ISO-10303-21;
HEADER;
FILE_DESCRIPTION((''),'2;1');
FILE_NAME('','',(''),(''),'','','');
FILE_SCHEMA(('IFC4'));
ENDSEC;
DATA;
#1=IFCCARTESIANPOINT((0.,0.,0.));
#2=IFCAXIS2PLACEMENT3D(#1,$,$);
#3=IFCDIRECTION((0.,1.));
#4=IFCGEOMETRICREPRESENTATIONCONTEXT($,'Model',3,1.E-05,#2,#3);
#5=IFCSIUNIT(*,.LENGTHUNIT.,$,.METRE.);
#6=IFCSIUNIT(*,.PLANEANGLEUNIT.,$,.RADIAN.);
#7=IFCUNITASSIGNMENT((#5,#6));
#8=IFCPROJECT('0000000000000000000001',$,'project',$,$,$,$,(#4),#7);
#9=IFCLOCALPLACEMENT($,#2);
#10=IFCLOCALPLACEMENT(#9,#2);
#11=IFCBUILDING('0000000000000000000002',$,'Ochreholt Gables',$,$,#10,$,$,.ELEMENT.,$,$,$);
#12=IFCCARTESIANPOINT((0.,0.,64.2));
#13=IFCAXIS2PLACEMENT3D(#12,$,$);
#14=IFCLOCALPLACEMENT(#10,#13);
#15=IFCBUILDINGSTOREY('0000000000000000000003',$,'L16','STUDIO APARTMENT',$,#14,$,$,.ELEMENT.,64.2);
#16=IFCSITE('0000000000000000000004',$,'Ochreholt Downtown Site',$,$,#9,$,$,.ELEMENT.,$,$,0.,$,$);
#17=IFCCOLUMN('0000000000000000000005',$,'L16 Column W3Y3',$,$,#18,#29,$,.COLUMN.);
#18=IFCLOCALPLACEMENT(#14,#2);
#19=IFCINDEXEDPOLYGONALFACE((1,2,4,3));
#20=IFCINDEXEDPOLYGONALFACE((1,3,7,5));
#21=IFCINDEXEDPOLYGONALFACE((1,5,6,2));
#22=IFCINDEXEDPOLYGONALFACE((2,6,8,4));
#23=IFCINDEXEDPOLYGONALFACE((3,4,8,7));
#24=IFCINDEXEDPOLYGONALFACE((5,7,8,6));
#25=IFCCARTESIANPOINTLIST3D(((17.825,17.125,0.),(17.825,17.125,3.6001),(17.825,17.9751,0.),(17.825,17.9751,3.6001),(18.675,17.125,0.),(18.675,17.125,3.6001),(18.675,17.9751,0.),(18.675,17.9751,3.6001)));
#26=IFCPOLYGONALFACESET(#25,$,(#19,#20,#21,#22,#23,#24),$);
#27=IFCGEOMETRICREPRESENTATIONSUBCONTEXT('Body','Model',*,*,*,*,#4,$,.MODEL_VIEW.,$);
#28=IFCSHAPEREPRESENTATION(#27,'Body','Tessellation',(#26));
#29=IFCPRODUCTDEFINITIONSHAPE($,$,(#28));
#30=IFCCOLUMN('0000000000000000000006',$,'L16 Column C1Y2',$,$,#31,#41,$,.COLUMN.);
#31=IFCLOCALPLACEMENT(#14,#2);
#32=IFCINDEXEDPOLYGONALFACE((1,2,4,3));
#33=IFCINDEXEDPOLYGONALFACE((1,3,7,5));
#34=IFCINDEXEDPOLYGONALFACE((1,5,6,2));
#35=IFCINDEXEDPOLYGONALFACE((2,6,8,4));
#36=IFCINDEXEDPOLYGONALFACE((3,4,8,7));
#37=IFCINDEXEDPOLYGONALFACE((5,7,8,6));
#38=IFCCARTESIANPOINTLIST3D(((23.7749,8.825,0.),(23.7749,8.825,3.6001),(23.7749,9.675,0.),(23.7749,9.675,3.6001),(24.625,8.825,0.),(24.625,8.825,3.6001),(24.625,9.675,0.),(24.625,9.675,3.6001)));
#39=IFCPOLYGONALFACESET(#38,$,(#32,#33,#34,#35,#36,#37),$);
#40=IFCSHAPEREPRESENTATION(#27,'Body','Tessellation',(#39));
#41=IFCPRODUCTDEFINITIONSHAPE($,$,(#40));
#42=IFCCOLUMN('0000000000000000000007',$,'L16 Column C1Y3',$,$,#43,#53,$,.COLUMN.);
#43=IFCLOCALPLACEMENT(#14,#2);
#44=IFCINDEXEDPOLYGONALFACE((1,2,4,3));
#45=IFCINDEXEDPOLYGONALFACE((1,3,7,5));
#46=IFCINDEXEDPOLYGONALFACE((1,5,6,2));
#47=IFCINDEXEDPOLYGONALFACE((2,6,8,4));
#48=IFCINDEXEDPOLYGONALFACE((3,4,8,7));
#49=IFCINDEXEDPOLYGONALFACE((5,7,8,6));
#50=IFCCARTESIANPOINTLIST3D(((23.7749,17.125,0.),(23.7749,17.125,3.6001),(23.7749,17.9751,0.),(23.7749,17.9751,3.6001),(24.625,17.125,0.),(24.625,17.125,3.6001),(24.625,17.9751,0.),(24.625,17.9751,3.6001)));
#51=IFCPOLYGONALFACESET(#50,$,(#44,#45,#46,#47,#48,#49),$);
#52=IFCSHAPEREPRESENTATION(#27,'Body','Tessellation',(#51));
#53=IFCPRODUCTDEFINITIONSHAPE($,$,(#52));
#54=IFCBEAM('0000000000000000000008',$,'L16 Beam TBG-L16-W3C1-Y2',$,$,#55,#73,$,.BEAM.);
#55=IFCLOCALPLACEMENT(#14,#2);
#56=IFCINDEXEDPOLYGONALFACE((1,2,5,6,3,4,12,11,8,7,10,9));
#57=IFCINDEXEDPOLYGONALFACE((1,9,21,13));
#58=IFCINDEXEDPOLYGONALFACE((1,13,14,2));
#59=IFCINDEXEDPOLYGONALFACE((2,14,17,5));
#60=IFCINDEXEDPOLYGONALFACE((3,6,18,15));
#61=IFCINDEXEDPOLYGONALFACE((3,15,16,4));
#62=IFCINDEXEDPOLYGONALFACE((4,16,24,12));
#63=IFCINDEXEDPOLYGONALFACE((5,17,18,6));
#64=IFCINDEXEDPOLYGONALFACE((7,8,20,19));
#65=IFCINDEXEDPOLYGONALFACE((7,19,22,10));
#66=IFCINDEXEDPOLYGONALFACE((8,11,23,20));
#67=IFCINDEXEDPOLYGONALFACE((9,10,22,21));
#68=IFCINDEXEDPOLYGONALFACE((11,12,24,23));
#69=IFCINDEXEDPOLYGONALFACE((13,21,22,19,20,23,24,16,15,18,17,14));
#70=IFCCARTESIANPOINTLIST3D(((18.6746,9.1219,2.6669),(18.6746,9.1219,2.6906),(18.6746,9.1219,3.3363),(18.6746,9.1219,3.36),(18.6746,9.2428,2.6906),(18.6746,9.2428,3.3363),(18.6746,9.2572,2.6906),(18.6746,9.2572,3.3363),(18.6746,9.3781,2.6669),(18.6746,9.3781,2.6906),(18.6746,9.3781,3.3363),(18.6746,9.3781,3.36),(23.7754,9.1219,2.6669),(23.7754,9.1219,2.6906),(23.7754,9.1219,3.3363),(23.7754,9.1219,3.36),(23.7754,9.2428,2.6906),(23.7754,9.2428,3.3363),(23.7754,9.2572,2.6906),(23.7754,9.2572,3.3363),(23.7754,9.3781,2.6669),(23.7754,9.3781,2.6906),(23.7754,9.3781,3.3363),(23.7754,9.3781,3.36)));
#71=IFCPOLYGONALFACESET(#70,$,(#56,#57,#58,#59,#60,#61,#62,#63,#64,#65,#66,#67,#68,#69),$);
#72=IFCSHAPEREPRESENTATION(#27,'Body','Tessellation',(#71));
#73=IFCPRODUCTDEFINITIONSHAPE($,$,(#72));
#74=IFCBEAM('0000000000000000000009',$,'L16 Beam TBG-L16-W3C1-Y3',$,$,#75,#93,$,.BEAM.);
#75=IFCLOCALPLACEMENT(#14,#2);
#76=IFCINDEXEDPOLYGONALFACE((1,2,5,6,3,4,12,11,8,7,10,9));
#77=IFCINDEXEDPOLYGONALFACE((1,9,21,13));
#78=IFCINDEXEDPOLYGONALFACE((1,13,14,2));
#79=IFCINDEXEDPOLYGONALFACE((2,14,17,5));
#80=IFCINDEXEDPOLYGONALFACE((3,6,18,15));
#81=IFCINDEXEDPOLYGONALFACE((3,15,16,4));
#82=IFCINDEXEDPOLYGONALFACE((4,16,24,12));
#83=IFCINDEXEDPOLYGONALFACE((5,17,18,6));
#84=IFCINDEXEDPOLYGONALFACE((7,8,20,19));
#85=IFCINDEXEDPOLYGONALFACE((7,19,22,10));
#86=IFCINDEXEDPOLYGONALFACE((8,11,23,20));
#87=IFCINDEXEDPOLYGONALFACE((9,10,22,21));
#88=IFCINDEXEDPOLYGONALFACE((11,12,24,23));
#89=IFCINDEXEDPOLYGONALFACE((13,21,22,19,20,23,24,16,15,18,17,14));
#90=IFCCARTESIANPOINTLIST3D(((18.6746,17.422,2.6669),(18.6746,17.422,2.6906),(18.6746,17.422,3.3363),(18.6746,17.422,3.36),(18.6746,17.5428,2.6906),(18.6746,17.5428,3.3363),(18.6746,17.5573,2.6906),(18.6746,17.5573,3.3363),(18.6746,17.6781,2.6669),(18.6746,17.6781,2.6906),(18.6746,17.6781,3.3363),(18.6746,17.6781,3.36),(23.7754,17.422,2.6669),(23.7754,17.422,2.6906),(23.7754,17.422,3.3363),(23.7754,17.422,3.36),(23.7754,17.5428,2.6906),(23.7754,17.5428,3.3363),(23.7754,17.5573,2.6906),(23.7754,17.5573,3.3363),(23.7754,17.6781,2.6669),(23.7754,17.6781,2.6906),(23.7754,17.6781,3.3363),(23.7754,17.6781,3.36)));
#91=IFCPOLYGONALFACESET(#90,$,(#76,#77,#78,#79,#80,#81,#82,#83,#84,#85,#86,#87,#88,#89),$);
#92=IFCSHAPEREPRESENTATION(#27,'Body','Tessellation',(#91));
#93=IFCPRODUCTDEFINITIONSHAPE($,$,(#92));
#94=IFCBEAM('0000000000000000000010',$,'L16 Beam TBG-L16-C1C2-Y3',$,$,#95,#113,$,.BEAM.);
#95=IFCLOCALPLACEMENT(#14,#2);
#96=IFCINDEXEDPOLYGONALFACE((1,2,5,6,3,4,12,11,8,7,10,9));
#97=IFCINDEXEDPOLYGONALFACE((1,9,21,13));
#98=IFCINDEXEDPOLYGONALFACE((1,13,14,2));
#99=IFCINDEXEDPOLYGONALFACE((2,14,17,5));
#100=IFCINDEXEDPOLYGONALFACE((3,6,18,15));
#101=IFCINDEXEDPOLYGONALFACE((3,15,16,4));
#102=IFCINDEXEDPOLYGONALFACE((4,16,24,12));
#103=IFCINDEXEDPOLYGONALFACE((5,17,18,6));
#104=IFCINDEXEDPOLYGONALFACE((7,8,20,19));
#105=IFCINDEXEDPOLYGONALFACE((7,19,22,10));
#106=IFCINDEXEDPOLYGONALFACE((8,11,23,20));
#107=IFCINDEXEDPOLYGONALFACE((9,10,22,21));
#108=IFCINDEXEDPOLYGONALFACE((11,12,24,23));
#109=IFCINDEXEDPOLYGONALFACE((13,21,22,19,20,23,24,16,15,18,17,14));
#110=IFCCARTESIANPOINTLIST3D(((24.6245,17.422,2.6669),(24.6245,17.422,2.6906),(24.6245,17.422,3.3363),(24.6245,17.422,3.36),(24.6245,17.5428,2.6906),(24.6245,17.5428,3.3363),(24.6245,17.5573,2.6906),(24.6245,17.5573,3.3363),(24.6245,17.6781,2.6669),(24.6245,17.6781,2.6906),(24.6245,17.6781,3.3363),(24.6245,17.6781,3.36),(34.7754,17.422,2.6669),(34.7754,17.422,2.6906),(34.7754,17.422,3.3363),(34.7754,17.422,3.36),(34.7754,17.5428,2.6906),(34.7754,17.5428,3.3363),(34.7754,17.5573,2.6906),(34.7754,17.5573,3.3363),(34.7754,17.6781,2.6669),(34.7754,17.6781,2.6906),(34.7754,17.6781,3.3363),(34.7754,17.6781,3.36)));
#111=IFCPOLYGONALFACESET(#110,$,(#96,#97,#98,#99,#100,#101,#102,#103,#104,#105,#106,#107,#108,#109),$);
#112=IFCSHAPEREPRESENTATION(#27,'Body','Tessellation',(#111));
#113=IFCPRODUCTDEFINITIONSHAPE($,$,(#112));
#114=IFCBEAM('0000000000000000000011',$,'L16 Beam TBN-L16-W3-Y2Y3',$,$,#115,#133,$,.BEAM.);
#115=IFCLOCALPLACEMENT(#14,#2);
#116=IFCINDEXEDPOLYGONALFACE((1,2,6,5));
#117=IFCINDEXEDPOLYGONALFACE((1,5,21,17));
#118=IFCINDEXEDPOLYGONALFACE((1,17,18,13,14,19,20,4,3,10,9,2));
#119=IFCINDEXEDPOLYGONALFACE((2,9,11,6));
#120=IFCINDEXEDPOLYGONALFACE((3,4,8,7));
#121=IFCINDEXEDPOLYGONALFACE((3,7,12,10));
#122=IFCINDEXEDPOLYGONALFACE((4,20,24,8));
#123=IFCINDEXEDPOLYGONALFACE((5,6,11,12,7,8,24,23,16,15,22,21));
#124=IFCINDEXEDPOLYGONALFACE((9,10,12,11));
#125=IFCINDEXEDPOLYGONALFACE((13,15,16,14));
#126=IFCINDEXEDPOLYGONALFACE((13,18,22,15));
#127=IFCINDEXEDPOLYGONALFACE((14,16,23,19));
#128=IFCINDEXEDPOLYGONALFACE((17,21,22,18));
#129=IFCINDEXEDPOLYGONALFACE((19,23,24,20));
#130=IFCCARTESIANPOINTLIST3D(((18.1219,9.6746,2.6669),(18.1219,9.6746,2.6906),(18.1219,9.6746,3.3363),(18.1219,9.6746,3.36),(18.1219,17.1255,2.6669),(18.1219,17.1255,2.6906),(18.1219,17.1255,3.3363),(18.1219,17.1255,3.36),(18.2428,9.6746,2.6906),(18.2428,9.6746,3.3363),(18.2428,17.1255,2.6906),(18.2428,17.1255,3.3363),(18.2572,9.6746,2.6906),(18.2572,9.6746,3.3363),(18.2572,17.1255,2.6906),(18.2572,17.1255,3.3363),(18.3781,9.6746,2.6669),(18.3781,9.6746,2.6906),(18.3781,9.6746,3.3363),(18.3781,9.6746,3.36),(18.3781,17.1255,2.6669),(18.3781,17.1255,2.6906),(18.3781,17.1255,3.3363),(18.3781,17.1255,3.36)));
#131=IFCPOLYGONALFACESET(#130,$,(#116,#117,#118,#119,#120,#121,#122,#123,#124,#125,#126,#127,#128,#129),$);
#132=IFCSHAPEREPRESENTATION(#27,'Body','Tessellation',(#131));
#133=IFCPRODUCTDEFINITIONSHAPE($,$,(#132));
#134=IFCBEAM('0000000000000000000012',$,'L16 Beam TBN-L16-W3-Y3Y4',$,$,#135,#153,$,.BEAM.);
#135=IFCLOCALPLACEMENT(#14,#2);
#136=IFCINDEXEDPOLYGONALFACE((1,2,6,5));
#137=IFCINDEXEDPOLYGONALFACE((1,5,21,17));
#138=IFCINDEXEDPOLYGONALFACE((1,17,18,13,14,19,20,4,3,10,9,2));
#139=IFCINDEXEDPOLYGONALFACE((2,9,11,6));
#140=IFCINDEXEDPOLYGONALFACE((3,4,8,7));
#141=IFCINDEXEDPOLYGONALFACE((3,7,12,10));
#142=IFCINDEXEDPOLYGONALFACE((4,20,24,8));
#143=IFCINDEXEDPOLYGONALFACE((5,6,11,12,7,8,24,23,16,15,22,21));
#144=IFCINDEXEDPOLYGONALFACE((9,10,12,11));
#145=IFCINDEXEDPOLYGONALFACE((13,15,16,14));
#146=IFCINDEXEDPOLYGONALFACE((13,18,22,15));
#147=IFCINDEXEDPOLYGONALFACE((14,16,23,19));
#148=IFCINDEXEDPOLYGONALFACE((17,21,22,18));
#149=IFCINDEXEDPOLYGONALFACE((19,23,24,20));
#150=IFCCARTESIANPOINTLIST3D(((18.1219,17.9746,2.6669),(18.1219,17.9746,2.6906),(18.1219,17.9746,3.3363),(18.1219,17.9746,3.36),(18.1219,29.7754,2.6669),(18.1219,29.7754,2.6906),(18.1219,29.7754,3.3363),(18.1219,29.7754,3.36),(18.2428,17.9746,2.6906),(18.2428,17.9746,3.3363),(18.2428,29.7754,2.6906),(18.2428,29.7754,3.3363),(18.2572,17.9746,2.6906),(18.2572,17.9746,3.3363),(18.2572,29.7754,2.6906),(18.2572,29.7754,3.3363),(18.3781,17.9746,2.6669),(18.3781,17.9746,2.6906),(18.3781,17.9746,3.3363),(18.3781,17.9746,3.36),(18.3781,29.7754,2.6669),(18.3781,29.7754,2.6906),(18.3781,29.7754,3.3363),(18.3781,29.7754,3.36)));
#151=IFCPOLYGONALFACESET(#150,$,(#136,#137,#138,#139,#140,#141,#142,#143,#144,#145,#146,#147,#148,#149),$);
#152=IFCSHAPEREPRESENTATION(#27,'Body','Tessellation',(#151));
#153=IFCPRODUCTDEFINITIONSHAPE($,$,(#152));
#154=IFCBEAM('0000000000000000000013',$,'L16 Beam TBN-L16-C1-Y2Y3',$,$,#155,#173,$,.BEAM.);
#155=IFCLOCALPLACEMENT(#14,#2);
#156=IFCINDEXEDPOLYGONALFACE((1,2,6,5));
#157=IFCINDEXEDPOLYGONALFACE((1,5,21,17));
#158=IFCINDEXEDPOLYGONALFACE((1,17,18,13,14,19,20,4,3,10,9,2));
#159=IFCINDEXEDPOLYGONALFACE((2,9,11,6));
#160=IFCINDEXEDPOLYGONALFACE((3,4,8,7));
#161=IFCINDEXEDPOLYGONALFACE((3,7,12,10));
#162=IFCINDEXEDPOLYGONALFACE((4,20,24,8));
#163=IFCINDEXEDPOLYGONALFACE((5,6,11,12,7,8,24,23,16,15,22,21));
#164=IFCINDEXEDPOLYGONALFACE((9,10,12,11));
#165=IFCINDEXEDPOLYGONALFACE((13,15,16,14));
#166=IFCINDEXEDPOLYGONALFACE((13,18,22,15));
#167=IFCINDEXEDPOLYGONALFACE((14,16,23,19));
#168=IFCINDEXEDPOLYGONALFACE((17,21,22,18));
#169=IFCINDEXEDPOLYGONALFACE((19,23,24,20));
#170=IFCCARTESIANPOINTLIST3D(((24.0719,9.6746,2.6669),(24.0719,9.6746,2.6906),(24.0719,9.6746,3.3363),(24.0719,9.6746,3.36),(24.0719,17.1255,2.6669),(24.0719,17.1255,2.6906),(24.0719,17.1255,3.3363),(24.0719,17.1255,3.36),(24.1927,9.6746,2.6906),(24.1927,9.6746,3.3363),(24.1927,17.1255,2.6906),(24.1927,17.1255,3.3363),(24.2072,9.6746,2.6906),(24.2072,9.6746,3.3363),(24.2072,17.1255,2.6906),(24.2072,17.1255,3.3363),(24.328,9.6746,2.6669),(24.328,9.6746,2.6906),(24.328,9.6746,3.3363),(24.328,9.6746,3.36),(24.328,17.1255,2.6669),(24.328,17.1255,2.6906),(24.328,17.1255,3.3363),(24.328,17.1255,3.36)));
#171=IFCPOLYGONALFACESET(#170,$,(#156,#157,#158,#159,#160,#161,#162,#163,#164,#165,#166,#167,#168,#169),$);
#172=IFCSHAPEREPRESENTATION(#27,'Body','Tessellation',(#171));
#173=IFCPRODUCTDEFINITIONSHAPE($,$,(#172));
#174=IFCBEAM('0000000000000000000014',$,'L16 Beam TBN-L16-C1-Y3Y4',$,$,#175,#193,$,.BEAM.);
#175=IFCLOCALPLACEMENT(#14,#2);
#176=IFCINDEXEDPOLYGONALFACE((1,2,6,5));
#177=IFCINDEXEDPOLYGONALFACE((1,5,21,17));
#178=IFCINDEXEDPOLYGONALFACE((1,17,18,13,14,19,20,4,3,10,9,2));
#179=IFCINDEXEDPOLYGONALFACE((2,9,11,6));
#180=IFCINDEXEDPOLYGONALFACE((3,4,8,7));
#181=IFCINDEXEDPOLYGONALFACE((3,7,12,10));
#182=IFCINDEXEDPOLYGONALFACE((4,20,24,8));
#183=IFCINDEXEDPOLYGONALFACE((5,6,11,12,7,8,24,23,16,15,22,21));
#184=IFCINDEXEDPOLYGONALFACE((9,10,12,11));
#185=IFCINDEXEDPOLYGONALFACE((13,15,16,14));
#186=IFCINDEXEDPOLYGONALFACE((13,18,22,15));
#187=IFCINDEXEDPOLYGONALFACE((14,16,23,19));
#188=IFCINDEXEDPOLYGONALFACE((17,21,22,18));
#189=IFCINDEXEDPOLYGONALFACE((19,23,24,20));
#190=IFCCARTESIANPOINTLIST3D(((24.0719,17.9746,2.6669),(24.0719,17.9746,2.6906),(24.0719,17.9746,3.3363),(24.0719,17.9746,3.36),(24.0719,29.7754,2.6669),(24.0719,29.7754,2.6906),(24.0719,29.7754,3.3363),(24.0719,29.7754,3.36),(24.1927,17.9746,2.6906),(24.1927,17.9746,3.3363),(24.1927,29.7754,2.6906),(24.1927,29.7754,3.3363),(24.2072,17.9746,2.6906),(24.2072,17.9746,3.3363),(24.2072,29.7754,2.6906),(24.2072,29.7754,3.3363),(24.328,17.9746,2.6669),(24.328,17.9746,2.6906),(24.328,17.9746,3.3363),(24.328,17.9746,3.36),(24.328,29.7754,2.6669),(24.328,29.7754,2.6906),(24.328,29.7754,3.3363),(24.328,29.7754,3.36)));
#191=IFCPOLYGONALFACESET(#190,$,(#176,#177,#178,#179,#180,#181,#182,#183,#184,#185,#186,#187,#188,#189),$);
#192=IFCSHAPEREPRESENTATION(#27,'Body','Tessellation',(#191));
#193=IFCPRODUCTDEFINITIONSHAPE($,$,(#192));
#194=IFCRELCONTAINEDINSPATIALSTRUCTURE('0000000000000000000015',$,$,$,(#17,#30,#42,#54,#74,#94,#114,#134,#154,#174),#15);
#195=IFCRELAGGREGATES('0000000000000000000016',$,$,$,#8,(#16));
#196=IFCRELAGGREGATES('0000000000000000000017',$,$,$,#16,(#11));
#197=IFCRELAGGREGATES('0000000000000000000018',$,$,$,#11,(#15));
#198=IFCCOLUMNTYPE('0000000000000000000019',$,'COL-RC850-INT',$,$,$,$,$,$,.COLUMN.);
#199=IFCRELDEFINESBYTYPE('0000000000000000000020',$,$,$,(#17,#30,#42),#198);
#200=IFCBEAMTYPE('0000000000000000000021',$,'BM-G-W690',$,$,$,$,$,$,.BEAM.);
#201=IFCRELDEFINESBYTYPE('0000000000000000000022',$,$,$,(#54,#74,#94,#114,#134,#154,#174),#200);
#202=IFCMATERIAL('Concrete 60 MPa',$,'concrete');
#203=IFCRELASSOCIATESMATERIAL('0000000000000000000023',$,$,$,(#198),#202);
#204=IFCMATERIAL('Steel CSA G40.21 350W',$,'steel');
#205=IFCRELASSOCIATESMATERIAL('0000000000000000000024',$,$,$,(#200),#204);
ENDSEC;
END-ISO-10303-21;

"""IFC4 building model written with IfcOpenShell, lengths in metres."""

from ifc_helpers import new_model, si_unit, direction, frame, origin, origin_2d, place, context, subcontext, project, spatial, rectangle, i_section, extrude, material, material_profile, profile_set, type_object, element, save


model = new_model("IFC4")

# Units and contexts
model_context = context("Model", 3, precision=1e-05, world=origin(), true_north=direction((0.0, 1.0)))
body_context = subcontext(model_context, "Body", "Model", "MODEL_VIEW")
ifc_project = project(units=[si_unit("LENGTHUNIT", "METRE"), si_unit("PLANEANGLEUNIT", "RADIAN")], contexts=[model_context])

# Site, building, storey
site_placement = place(None, origin())
site = spatial("IfcSite", under=ifc_project, at=site_placement, Name="Ochreholt Downtown Site", CompositionType="ELEMENT", RefElevation=0.0)
building_placement = place(site_placement, origin())
building = spatial("IfcBuilding", under=site, at=building_placement, Name="Ochreholt Gables", CompositionType="ELEMENT")
storey_placement = place(building_placement, frame((0.0, 0.0, 64.2)))
storey = spatial("IfcBuildingStorey", under=building, at=storey_placement, Name="L16", Description="STUDIO APARTMENT", CompositionType="ELEMENT", Elevation=64.2)

# Columns
ifc_material_1 = material(Name="Concrete 60 MPa", Category="concrete")
ifc_material_profile_1 = material_profile(ifc_material_1, rectangle(XDim=0.8501, YDim=0.8501, at=origin_2d()), Name="RC850X850")
ifc_profile_set_1 = profile_set([ifc_material_profile_1], Name="Concrete 60 MPa")
column_type = type_object("IfcColumnType", Name="COL-RC850-INT", PredefinedType="COLUMN", material=ifc_profile_set_1)
for number, where, z_axis, x_axis, name in (
    (1, (18.25, 17.55, 0.0), (0.0, 0.0, 1.0), (1.0, 0.0, 0.0), "L16 Column W3Y3"),
    (2, (24.2, 9.25, 0.0), (0.0, 0.0, 1.0), (1.0, 0.0, 0.0), "L16 Column C1Y2"),
    (3, (24.2, 17.55, 0.0), (0.0, 0.0, 1.0), (1.0, 0.0, 0.0), "L16 Column C1Y3"),
):
    element("IfcColumn", number, at=place(storey_placement, frame(where, z_axis=z_axis, x_axis=x_axis)), inside=storey, type_object=column_type, Name=name, PredefinedType="COLUMN", context=body_context, shape_type="SweptSolid", body=[
        extrude(rectangle(XDim=0.8501, YDim=0.8501, at=origin_2d()), origin(), (0.0, 0.0, 1.0), 3.6001),
    ])

# Beams
ifc_material_2 = material(Name="Steel CSA G40.21 350W", Category="steel")
ifc_material_profile_2 = material_profile(ifc_material_2, i_section(OverallWidth=0.2561, OverallDepth=0.6931, WebThickness=0.0144, FlangeThickness=0.0237, at=origin_2d()), Name="W690X170")
ifc_profile_set_2 = profile_set([ifc_material_profile_2], Name="Steel CSA G40.21 350W")
beam_type_1 = type_object("IfcBeamType", Name="BM-G-W690", PredefinedType="BEAM", material=ifc_profile_set_2)
for number, where, z_axis, x_axis, name in (
    (4, (18.6746, 9.25, 3.0134), (1.0, 0.0, 0.0), (0.0, 1.0, 0.0), "L16 Beam TBG-L16-W3C1-Y2"),
    (5, (18.6746, 17.55, 3.0134), (1.0, 0.0, 0.0), (0.0, 1.0, 0.0), "L16 Beam TBG-L16-W3C1-Y3"),
):
    element("IfcBeam", number, at=place(storey_placement, frame(where, z_axis=z_axis, x_axis=x_axis)), inside=storey, type_object=beam_type_1, Name=name, PredefinedType="BEAM", context=body_context, shape_type="SweptSolid", body=[
        extrude(i_section(OverallWidth=0.2561, OverallDepth=0.6931, WebThickness=0.0144, FlangeThickness=0.0237, at=origin_2d()), origin(), (0.0, 0.0, 1.0), 5.1008),
    ])
beam_1_placement = place(storey_placement, frame((24.6245, 17.55, 3.0134), z_axis=(1.0, 0.0, 0.0), x_axis=(0.0, 1.0, 0.0)))
element("IfcBeam", 6, at=beam_1_placement, inside=storey, type_object=beam_type_1, Name="L16 Beam TBG-L16-C1C2-Y3", PredefinedType="BEAM", context=body_context, shape_type="SweptSolid", body=[
    extrude(i_section(OverallWidth=0.2561, OverallDepth=0.6931, WebThickness=0.0144, FlangeThickness=0.0237, at=origin_2d()), origin(), (0.0, 0.0, 1.0), 10.1509),
])
beam_2_placement = place(storey_placement, frame((18.25, 9.6746, 3.0134), z_axis=(0.0, 1.0, 0.0), x_axis=(-1.0, 0.0, 0.0)))
element("IfcBeam", 7, at=beam_2_placement, inside=storey, type_object=beam_type_1, Name="L16 Beam TBN-L16-W3-Y2Y3", PredefinedType="BEAM", context=body_context, shape_type="SweptSolid", body=[
    extrude(i_section(OverallWidth=0.2561, OverallDepth=0.6931, WebThickness=0.0144, FlangeThickness=0.0237, at=origin_2d()), origin(), (0.0, 0.0, 1.0), 7.4509),
])
beam_3_placement = place(storey_placement, frame((18.25, 17.9746, 3.0134), z_axis=(0.0, 1.0, 0.0), x_axis=(-1.0, 0.0, 0.0)))
element("IfcBeam", 8, at=beam_3_placement, inside=storey, type_object=beam_type_1, Name="L16 Beam TBN-L16-W3-Y3Y4", PredefinedType="BEAM", context=body_context, shape_type="SweptSolid", body=[
    extrude(i_section(OverallWidth=0.2561, OverallDepth=0.6931, WebThickness=0.0144, FlangeThickness=0.0237, at=origin_2d()), origin(), (0.0, 0.0, 1.0), 11.8008),
])
beam_4_placement = place(storey_placement, frame((24.2, 9.6746, 3.0134), z_axis=(0.0, 1.0, 0.0), x_axis=(-1.0, 0.0, 0.0)))
element("IfcBeam", 9, at=beam_4_placement, inside=storey, type_object=beam_type_1, Name="L16 Beam TBN-L16-C1-Y2Y3", PredefinedType="BEAM", context=body_context, shape_type="SweptSolid", body=[
    extrude(i_section(OverallWidth=0.2561, OverallDepth=0.6931, WebThickness=0.0144, FlangeThickness=0.0237, at=origin_2d()), origin(), (0.0, 0.0, 1.0), 7.4509),
])
beam_5_placement = place(storey_placement, frame((24.2, 17.9746, 3.0134), z_axis=(0.0, 1.0, 0.0), x_axis=(-1.0, 0.0, 0.0)))
element("IfcBeam", 10, at=beam_5_placement, inside=storey, type_object=beam_type_1, Name="L16 Beam TBN-L16-C1-Y3Y4", PredefinedType="BEAM", context=body_context, shape_type="SweptSolid", body=[
    extrude(i_section(OverallWidth=0.2561, OverallDepth=0.6931, WebThickness=0.0144, FlangeThickness=0.0237, at=origin_2d()), origin(), (0.0, 0.0, 1.0), 11.8008),
])

save(model, "model.ifc")
